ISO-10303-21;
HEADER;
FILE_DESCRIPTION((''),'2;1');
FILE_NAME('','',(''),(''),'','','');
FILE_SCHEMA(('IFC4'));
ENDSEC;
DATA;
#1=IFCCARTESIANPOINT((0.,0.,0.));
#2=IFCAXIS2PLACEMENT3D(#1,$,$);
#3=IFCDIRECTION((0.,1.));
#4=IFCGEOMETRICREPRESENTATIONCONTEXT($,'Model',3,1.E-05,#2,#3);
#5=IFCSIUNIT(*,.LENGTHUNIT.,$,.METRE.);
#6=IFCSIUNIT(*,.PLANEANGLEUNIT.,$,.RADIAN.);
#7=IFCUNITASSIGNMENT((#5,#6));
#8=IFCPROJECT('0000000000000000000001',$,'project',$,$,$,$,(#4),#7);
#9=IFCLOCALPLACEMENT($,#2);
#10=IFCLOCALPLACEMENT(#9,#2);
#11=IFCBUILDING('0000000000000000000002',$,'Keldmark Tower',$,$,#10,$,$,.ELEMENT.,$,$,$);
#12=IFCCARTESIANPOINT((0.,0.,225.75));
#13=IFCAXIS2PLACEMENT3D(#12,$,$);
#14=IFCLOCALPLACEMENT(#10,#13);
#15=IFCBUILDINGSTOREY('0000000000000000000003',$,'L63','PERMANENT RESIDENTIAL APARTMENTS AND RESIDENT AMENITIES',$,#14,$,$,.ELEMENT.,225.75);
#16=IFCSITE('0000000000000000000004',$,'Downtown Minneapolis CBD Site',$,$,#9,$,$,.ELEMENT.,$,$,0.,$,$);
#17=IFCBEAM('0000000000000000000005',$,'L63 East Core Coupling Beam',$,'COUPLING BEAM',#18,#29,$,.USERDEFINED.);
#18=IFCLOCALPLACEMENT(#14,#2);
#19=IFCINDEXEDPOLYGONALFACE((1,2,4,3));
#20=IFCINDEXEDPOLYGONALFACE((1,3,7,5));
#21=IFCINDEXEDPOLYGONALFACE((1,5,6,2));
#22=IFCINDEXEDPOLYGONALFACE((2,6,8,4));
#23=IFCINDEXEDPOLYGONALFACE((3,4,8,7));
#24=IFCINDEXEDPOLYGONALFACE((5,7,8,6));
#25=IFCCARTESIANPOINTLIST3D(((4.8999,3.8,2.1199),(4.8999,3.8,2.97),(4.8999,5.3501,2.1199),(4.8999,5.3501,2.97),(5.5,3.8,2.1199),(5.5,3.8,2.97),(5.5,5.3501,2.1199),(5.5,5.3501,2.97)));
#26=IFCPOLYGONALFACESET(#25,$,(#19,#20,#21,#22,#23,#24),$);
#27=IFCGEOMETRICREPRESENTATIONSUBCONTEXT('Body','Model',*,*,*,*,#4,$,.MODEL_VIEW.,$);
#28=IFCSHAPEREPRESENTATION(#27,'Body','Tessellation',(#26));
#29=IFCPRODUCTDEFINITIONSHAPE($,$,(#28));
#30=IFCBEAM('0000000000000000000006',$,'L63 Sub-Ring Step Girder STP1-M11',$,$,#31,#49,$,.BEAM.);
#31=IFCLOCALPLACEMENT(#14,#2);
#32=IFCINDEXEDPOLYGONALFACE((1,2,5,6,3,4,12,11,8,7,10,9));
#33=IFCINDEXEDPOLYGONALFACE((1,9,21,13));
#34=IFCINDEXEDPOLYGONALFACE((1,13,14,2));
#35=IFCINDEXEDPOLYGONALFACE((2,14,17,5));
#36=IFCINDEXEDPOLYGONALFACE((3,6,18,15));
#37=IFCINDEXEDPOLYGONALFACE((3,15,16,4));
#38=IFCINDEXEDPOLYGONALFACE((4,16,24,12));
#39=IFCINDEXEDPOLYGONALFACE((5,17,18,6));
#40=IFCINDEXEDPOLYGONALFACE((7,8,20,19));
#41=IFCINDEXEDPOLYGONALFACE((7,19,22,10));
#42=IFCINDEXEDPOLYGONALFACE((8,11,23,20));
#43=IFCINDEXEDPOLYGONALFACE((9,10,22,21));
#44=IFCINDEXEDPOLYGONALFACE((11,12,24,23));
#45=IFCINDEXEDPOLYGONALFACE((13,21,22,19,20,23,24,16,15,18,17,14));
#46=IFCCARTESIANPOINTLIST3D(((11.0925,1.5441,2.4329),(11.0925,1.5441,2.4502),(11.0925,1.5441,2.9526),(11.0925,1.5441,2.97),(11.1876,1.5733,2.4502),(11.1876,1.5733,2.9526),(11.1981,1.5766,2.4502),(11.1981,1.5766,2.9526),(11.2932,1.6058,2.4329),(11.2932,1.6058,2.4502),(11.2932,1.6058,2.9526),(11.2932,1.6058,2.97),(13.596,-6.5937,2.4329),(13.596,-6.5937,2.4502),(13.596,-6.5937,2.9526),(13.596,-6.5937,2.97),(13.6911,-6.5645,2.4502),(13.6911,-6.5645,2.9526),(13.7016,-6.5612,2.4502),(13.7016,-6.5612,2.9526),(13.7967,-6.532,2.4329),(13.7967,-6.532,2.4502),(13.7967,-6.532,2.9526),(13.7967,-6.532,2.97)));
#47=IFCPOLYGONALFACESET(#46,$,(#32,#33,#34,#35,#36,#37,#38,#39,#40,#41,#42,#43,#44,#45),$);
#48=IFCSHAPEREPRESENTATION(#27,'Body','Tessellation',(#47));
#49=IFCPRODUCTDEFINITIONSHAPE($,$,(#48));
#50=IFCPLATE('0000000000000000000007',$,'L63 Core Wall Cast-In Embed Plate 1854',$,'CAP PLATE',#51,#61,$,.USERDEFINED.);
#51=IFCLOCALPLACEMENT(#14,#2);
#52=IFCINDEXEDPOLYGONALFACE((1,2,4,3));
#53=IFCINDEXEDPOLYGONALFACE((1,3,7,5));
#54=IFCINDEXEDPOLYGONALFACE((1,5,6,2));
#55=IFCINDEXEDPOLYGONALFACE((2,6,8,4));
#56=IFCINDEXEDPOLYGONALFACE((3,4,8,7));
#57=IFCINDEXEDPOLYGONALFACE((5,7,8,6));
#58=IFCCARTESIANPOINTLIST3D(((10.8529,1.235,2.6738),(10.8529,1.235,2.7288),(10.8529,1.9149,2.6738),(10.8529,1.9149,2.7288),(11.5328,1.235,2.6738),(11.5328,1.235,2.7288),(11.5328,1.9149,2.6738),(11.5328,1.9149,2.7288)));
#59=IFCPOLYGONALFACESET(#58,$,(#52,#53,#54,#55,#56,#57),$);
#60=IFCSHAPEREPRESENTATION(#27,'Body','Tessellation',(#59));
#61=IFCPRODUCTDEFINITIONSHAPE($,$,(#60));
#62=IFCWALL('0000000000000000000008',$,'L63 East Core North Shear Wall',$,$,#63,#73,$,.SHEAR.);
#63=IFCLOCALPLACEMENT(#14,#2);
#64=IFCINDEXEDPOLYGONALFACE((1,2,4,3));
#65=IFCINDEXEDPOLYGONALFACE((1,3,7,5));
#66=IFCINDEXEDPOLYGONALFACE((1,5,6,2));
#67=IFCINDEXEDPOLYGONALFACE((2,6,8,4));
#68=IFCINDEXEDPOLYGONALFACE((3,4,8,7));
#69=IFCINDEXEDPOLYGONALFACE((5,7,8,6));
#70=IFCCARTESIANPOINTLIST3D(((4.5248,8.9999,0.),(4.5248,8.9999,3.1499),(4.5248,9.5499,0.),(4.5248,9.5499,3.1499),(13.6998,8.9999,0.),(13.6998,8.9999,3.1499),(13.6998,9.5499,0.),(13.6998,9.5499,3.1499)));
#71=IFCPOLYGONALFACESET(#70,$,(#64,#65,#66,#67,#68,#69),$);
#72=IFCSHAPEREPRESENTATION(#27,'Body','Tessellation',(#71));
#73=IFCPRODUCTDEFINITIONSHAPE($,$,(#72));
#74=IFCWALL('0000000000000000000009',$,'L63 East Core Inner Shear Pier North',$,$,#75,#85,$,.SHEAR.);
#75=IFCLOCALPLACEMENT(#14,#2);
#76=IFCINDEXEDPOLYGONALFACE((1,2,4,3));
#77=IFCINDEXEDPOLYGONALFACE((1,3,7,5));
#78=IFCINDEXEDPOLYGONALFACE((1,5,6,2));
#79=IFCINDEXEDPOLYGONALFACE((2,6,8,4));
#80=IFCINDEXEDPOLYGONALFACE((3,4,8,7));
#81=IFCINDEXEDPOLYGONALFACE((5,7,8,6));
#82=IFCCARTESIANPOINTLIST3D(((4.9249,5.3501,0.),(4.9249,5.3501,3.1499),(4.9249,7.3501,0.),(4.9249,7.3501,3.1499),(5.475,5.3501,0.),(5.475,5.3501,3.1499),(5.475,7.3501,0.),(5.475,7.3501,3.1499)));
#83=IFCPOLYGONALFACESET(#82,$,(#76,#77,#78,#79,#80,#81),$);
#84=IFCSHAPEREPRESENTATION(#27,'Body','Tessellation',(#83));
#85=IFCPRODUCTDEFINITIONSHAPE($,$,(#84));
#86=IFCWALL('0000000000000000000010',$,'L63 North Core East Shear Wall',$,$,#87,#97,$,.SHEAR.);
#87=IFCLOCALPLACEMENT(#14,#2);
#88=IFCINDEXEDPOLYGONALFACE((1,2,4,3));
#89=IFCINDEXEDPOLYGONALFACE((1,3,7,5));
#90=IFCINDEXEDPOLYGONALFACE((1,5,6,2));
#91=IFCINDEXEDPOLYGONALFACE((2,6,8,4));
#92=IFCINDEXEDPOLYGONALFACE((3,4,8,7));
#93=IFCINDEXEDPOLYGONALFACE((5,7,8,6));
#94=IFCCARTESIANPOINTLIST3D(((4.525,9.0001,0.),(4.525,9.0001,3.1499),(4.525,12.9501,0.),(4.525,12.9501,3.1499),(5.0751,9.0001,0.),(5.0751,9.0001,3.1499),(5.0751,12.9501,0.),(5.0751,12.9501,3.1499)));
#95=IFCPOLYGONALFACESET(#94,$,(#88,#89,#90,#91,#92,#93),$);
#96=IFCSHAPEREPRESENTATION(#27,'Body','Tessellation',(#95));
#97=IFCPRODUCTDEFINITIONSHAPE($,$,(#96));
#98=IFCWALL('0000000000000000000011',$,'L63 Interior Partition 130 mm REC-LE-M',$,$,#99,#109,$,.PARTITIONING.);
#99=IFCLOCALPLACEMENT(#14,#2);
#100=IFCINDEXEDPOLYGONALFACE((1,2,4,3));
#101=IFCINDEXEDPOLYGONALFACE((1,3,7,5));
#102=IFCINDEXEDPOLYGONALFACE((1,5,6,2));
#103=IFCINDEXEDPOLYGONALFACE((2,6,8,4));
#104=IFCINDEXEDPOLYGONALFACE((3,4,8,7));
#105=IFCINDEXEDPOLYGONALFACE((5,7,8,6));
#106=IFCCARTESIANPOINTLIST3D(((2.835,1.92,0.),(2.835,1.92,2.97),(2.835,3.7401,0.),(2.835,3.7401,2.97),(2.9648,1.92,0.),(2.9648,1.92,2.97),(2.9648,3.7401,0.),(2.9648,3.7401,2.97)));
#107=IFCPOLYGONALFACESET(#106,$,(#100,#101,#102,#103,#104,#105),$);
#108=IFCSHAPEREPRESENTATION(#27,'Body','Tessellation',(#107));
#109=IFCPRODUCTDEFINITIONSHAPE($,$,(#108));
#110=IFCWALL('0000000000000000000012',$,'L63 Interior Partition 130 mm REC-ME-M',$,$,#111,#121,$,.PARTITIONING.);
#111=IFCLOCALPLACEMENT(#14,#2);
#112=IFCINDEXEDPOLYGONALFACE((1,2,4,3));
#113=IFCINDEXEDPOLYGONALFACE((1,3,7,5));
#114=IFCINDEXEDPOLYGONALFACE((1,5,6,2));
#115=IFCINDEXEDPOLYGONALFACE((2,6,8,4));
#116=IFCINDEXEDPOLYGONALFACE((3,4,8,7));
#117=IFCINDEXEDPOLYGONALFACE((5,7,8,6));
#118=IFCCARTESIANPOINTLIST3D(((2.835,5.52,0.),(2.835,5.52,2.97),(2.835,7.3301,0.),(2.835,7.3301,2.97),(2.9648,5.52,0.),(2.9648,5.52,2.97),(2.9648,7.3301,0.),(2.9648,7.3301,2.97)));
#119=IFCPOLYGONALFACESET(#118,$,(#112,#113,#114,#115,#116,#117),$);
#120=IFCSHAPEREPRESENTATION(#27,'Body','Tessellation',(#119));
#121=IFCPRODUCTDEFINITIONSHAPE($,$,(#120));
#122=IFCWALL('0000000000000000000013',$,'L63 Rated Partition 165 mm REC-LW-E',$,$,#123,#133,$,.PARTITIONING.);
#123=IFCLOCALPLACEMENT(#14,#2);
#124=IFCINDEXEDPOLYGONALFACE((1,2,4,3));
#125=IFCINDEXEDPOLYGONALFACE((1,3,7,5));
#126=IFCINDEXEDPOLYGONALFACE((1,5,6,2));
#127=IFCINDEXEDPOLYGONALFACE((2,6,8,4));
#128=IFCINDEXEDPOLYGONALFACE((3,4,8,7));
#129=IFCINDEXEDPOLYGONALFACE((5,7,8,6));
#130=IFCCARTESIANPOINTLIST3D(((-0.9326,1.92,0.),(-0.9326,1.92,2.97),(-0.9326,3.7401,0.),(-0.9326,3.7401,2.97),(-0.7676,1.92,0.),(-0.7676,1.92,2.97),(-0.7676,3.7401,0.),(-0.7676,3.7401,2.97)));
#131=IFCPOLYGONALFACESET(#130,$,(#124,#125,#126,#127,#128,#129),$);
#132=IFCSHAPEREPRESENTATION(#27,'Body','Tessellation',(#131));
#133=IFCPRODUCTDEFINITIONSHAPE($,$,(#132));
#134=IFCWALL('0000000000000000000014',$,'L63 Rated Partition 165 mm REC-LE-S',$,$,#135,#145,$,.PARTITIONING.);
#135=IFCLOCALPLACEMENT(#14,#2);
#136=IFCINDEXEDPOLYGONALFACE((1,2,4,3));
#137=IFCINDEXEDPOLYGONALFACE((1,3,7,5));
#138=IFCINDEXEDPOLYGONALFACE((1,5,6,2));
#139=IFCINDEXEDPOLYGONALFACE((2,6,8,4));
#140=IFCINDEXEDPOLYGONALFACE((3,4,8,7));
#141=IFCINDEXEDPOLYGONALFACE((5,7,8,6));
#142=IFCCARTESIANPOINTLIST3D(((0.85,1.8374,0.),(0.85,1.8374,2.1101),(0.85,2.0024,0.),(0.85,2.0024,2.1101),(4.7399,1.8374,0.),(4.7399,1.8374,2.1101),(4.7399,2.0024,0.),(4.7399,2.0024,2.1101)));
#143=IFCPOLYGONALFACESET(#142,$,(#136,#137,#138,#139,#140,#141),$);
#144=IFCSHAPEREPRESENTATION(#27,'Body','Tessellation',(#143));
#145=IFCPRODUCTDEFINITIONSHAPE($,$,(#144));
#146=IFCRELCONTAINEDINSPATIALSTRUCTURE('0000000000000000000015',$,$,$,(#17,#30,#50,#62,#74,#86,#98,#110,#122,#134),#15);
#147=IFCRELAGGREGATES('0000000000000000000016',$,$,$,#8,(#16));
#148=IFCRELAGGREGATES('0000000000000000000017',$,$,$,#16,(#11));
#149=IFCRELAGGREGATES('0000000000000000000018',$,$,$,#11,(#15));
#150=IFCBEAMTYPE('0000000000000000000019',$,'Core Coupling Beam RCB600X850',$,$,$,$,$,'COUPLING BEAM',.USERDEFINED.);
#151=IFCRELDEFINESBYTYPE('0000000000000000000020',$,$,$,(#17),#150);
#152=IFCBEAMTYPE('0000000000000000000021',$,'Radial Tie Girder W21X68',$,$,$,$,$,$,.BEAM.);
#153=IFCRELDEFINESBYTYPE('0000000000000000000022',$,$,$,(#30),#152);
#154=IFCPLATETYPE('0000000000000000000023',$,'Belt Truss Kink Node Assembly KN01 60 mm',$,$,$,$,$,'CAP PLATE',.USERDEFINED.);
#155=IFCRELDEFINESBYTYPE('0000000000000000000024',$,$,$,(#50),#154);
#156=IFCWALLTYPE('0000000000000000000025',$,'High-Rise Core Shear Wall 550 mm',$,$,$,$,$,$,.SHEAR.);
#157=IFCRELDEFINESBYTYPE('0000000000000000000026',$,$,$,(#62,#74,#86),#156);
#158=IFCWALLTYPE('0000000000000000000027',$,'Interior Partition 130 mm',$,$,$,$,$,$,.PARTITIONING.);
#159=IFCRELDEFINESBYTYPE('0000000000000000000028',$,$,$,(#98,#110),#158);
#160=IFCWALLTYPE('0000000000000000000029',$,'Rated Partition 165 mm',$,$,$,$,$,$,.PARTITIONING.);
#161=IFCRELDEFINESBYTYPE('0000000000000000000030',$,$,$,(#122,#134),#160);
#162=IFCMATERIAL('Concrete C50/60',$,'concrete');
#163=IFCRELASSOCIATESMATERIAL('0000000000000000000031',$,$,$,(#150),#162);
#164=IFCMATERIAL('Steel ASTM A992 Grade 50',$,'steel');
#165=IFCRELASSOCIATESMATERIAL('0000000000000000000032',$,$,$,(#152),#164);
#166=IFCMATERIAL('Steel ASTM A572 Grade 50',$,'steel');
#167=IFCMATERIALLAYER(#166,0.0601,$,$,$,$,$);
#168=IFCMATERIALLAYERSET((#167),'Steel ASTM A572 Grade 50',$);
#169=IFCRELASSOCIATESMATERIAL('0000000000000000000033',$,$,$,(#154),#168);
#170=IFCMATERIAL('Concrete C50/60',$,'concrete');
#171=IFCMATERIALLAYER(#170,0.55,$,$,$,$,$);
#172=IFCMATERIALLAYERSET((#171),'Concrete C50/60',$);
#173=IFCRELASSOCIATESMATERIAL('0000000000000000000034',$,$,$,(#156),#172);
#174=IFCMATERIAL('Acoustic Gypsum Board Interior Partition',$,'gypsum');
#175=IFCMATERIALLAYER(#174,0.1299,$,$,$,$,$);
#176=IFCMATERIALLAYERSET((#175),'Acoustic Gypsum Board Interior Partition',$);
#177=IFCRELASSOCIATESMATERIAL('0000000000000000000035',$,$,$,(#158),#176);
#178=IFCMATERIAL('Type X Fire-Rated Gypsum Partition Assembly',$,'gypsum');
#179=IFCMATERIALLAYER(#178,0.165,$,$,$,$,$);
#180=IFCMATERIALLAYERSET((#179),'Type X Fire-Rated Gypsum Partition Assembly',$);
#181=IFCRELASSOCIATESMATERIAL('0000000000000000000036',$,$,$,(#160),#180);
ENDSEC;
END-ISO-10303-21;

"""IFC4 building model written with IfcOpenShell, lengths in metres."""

from ifc_helpers import new_model, si_unit, direction, frame, frame_2d, origin, origin_2d, place, context, subcontext, project, spatial, rectangle, i_section, extrude, material, layer, layer_set, material_profile, profile_set, type_object, element, save


model = new_model("IFC4")

# Units and contexts
model_context = context("Model", 3, precision=1e-05, world=origin(), true_north=direction((0.0, 1.0)))
body_context = subcontext(model_context, "Body", "Model", "MODEL_VIEW")
ifc_project = project(units=[si_unit("LENGTHUNIT", "METRE"), si_unit("PLANEANGLEUNIT", "RADIAN")], contexts=[model_context])

# Site, building, storey
site_placement = place(None, origin())
site = spatial("IfcSite", under=ifc_project, at=site_placement, Name="Downtown Minneapolis CBD Site", CompositionType="ELEMENT", RefElevation=0.0)
building_placement = place(site_placement, origin())
building = spatial("IfcBuilding", under=site, at=building_placement, Name="Keldmark Tower", CompositionType="ELEMENT")
storey_placement = place(building_placement, frame((0.0, 0.0, 225.75)))
storey = spatial("IfcBuildingStorey", under=building, at=storey_placement, Name="L63", Description="PERMANENT RESIDENTIAL APARTMENTS AND RESIDENT AMENITIES", CompositionType="ELEMENT", Elevation=225.75)

# Beams
ifc_material_1 = material(Name="Concrete C50/60", Category="concrete")
ifc_material_profile_1 = material_profile(ifc_material_1, rectangle(XDim=0.6001, YDim=0.8501, at=origin_2d()), Name="RCB600X850")
ifc_profile_set_1 = profile_set([ifc_material_profile_1], Name="Concrete C50/60")
beam_type_1 = type_object("IfcBeamType", Name="Core Coupling Beam RCB600X850", ElementType="COUPLING BEAM", PredefinedType="USERDEFINED", material=ifc_profile_set_1)
beam_1_placement = place(storey_placement, frame((5.2, 3.8, 2.5449), z_axis=(0.0, 1.0, 0.0), x_axis=(-1.0, 0.0, 0.0)))
element("IfcBeam", 1, at=beam_1_placement, inside=storey, type_object=beam_type_1, Name="L63 East Core Coupling Beam", ObjectType="COUPLING BEAM", PredefinedType="USERDEFINED", context=body_context, shape_type="SweptSolid", body=[
    extrude(rectangle(XDim=0.6001, YDim=0.8501, at=origin_2d()), origin(), (0.0, 0.0, 1.0), 1.55),
])
ifc_material_2 = material(Name="Steel ASTM A992 Grade 50", Category="steel")
ifc_material_profile_2 = material_profile(ifc_material_2, i_section(OverallWidth=0.21, OverallDepth=0.5371, WebThickness=0.011, FlangeThickness=0.0173, at=origin_2d()), Name="W21X68")
ifc_profile_set_2 = profile_set([ifc_material_profile_2], Name="Steel ASTM A992 Grade 50")
beam_type_2 = type_object("IfcBeamType", Name="Radial Tie Girder W21X68", PredefinedType="BEAM", material=ifc_profile_set_2)
beam_2_placement = place(storey_placement, frame((11.1929, 1.575, 2.7014), z_axis=(0.294033, -0.955795, 0.0), x_axis=(0.955795, 0.294033, 0.0)))
element("IfcBeam", 2, at=beam_2_placement, inside=storey, type_object=beam_type_2, Name="L63 Sub-Ring Step Girder STP1-M11", PredefinedType="BEAM", context=body_context, shape_type="SweptSolid", body=[
    extrude(i_section(OverallWidth=0.21, OverallDepth=0.5371, WebThickness=0.011, FlangeThickness=0.0173, at=origin_2d()), origin(), (0.0, 0.0, 1.0), 8.5142),
])

# Plate
ifc_material_3 = material(Name="Steel ASTM A572 Grade 50", Category="steel")
ifc_layer_1 = layer(ifc_material_3, 0.0601)
ifc_layer_set_1 = layer_set([ifc_layer_1], Name="Steel ASTM A572 Grade 50")
plate_type = type_object("IfcPlateType", Name="Belt Truss Kink Node Assembly KN01 60 mm", ElementType="CAP PLATE", PredefinedType="USERDEFINED", material=ifc_layer_set_1)
plate_placement = place(storey_placement, frame((11.1929, 1.575, 2.6738), z_axis=(0.0, 0.0, 1.0), x_axis=(1.0, 0.0, 0.0)))
element("IfcPlate", 3, at=plate_placement, inside=storey, type_object=plate_type, Name="L63 Core Wall Cast-In Embed Plate 1854", ObjectType="CAP PLATE", PredefinedType="USERDEFINED", context=body_context, shape_type="SweptSolid", body=[
    extrude(rectangle(XDim=0.6799, YDim=0.6799, at=origin_2d()), origin(), (0.0, 0.0, 1.0), 0.0549),
])

# Walls
ifc_material_4 = material(Name="Concrete C50/60", Category="concrete")
ifc_layer_2 = layer(ifc_material_4, 0.55)
ifc_layer_set_2 = layer_set([ifc_layer_2], Name="Concrete C50/60")
wall_type_1 = type_object("IfcWallType", Name="High-Rise Core Shear Wall 550 mm", PredefinedType="SHEAR", material=ifc_layer_set_2)
wall_1_placement = place(storey_placement, frame((4.5249, 9.2749, 0.0), z_axis=(0.0, 0.0, 1.0), x_axis=(1.0, 0.0, 0.0)))
element("IfcWall", 4, at=wall_1_placement, inside=storey, type_object=wall_type_1, Name="L63 East Core North Shear Wall", PredefinedType="SHEAR", context=body_context, shape_type="SweptSolid", body=[
    extrude(rectangle(XDim=9.175, YDim=0.55, at=frame_2d((4.5874, 0.0))), origin(), (0.0, 0.0, 1.0), 3.1499),
])
wall_2_placement = place(storey_placement, frame((5.2, 5.3501, 0.0), z_axis=(0.0, 0.0, 1.0), x_axis=(0.0, 1.0, 0.0)))
element("IfcWall", 5, at=wall_2_placement, inside=storey, type_object=wall_type_1, Name="L63 East Core Inner Shear Pier North", PredefinedType="SHEAR", context=body_context, shape_type="SweptSolid", body=[
    extrude(rectangle(XDim=2.0, YDim=0.55, at=frame_2d((1.0, 0.0))), origin(), (0.0, 0.0, 1.0), 3.1499),
])
wall_3_placement = place(storey_placement, frame((4.8, 9.0, 0.0), z_axis=(0.0, 0.0, 1.0), x_axis=(0.0, 1.0, 0.0)))
element("IfcWall", 6, at=wall_3_placement, inside=storey, type_object=wall_type_1, Name="L63 North Core East Shear Wall", PredefinedType="SHEAR", context=body_context, shape_type="SweptSolid", body=[
    extrude(rectangle(XDim=3.95, YDim=0.55, at=frame_2d((1.9751, 0.0))), origin(), (0.0, 0.0, 1.0), 3.1499),
])
ifc_material_5 = material(Name="Acoustic Gypsum Board Interior Partition", Category="gypsum")
ifc_layer_3 = layer(ifc_material_5, 0.1299)
ifc_layer_set_3 = layer_set([ifc_layer_3], Name="Acoustic Gypsum Board Interior Partition")
wall_type_2 = type_object("IfcWallType", Name="Interior Partition 130 mm", PredefinedType="PARTITIONING", material=ifc_layer_set_3)
wall_4_placement = place(storey_placement, frame((2.8999, 1.9199, 0.0), z_axis=(0.0, 0.0, 1.0), x_axis=(0.0, 1.0, 0.0)))
element("IfcWall", 7, at=wall_4_placement, inside=storey, type_object=wall_type_2, Name="L63 Interior Partition 130 mm REC-LE-M", PredefinedType="PARTITIONING", context=body_context, shape_type="SweptSolid", body=[
    extrude(rectangle(XDim=1.8201, YDim=0.1299, at=frame_2d((0.9102, 0.0))), origin(), (0.0, 0.0, 1.0), 2.97),
])
wall_5_placement = place(storey_placement, frame((2.8999, 5.52, 0.0), z_axis=(0.0, 0.0, 1.0), x_axis=(0.0, 1.0, 0.0)))
element("IfcWall", 8, at=wall_5_placement, inside=storey, type_object=wall_type_2, Name="L63 Interior Partition 130 mm REC-ME-M", PredefinedType="PARTITIONING", context=body_context, shape_type="SweptSolid", body=[
    extrude(rectangle(XDim=1.8101, YDim=0.1299, at=frame_2d((0.905, 0.0))), origin(), (0.0, 0.0, 1.0), 2.97),
])
ifc_material_6 = material(Name="Type X Fire-Rated Gypsum Partition Assembly", Category="gypsum")
ifc_layer_4 = layer(ifc_material_6, 0.165)
ifc_layer_set_4 = layer_set([ifc_layer_4], Name="Type X Fire-Rated Gypsum Partition Assembly")
wall_type_3 = type_object("IfcWallType", Name="Rated Partition 165 mm", PredefinedType="PARTITIONING", material=ifc_layer_set_4)
wall_6_placement = place(storey_placement, frame((-0.8501, 1.9199, 0.0), z_axis=(0.0, 0.0, 1.0), x_axis=(0.0, 1.0, 0.0)))
element("IfcWall", 9, at=wall_6_placement, inside=storey, type_object=wall_type_3, Name="L63 Rated Partition 165 mm REC-LW-E", PredefinedType="PARTITIONING", context=body_context, shape_type="SweptSolid", body=[
    extrude(rectangle(XDim=1.8201, YDim=0.165, at=frame_2d((0.9102, 0.0))), origin(), (0.0, 0.0, 1.0), 2.97),
])
wall_7_placement = place(storey_placement, frame((0.8501, 1.9199, 0.0), z_axis=(0.0, 0.0, 1.0), x_axis=(1.0, 0.0, 0.0)))
element("IfcWall", 10, at=wall_7_placement, inside=storey, type_object=wall_type_3, Name="L63 Rated Partition 165 mm REC-LE-S", PredefinedType="PARTITIONING", context=body_context, shape_type="SweptSolid", body=[
    extrude(rectangle(XDim=3.8899, YDim=0.165, at=frame_2d((1.9448, 0.0))), origin(), (0.0, 0.0, 1.0), 2.1101),
])

save(model, "model.ifc")
